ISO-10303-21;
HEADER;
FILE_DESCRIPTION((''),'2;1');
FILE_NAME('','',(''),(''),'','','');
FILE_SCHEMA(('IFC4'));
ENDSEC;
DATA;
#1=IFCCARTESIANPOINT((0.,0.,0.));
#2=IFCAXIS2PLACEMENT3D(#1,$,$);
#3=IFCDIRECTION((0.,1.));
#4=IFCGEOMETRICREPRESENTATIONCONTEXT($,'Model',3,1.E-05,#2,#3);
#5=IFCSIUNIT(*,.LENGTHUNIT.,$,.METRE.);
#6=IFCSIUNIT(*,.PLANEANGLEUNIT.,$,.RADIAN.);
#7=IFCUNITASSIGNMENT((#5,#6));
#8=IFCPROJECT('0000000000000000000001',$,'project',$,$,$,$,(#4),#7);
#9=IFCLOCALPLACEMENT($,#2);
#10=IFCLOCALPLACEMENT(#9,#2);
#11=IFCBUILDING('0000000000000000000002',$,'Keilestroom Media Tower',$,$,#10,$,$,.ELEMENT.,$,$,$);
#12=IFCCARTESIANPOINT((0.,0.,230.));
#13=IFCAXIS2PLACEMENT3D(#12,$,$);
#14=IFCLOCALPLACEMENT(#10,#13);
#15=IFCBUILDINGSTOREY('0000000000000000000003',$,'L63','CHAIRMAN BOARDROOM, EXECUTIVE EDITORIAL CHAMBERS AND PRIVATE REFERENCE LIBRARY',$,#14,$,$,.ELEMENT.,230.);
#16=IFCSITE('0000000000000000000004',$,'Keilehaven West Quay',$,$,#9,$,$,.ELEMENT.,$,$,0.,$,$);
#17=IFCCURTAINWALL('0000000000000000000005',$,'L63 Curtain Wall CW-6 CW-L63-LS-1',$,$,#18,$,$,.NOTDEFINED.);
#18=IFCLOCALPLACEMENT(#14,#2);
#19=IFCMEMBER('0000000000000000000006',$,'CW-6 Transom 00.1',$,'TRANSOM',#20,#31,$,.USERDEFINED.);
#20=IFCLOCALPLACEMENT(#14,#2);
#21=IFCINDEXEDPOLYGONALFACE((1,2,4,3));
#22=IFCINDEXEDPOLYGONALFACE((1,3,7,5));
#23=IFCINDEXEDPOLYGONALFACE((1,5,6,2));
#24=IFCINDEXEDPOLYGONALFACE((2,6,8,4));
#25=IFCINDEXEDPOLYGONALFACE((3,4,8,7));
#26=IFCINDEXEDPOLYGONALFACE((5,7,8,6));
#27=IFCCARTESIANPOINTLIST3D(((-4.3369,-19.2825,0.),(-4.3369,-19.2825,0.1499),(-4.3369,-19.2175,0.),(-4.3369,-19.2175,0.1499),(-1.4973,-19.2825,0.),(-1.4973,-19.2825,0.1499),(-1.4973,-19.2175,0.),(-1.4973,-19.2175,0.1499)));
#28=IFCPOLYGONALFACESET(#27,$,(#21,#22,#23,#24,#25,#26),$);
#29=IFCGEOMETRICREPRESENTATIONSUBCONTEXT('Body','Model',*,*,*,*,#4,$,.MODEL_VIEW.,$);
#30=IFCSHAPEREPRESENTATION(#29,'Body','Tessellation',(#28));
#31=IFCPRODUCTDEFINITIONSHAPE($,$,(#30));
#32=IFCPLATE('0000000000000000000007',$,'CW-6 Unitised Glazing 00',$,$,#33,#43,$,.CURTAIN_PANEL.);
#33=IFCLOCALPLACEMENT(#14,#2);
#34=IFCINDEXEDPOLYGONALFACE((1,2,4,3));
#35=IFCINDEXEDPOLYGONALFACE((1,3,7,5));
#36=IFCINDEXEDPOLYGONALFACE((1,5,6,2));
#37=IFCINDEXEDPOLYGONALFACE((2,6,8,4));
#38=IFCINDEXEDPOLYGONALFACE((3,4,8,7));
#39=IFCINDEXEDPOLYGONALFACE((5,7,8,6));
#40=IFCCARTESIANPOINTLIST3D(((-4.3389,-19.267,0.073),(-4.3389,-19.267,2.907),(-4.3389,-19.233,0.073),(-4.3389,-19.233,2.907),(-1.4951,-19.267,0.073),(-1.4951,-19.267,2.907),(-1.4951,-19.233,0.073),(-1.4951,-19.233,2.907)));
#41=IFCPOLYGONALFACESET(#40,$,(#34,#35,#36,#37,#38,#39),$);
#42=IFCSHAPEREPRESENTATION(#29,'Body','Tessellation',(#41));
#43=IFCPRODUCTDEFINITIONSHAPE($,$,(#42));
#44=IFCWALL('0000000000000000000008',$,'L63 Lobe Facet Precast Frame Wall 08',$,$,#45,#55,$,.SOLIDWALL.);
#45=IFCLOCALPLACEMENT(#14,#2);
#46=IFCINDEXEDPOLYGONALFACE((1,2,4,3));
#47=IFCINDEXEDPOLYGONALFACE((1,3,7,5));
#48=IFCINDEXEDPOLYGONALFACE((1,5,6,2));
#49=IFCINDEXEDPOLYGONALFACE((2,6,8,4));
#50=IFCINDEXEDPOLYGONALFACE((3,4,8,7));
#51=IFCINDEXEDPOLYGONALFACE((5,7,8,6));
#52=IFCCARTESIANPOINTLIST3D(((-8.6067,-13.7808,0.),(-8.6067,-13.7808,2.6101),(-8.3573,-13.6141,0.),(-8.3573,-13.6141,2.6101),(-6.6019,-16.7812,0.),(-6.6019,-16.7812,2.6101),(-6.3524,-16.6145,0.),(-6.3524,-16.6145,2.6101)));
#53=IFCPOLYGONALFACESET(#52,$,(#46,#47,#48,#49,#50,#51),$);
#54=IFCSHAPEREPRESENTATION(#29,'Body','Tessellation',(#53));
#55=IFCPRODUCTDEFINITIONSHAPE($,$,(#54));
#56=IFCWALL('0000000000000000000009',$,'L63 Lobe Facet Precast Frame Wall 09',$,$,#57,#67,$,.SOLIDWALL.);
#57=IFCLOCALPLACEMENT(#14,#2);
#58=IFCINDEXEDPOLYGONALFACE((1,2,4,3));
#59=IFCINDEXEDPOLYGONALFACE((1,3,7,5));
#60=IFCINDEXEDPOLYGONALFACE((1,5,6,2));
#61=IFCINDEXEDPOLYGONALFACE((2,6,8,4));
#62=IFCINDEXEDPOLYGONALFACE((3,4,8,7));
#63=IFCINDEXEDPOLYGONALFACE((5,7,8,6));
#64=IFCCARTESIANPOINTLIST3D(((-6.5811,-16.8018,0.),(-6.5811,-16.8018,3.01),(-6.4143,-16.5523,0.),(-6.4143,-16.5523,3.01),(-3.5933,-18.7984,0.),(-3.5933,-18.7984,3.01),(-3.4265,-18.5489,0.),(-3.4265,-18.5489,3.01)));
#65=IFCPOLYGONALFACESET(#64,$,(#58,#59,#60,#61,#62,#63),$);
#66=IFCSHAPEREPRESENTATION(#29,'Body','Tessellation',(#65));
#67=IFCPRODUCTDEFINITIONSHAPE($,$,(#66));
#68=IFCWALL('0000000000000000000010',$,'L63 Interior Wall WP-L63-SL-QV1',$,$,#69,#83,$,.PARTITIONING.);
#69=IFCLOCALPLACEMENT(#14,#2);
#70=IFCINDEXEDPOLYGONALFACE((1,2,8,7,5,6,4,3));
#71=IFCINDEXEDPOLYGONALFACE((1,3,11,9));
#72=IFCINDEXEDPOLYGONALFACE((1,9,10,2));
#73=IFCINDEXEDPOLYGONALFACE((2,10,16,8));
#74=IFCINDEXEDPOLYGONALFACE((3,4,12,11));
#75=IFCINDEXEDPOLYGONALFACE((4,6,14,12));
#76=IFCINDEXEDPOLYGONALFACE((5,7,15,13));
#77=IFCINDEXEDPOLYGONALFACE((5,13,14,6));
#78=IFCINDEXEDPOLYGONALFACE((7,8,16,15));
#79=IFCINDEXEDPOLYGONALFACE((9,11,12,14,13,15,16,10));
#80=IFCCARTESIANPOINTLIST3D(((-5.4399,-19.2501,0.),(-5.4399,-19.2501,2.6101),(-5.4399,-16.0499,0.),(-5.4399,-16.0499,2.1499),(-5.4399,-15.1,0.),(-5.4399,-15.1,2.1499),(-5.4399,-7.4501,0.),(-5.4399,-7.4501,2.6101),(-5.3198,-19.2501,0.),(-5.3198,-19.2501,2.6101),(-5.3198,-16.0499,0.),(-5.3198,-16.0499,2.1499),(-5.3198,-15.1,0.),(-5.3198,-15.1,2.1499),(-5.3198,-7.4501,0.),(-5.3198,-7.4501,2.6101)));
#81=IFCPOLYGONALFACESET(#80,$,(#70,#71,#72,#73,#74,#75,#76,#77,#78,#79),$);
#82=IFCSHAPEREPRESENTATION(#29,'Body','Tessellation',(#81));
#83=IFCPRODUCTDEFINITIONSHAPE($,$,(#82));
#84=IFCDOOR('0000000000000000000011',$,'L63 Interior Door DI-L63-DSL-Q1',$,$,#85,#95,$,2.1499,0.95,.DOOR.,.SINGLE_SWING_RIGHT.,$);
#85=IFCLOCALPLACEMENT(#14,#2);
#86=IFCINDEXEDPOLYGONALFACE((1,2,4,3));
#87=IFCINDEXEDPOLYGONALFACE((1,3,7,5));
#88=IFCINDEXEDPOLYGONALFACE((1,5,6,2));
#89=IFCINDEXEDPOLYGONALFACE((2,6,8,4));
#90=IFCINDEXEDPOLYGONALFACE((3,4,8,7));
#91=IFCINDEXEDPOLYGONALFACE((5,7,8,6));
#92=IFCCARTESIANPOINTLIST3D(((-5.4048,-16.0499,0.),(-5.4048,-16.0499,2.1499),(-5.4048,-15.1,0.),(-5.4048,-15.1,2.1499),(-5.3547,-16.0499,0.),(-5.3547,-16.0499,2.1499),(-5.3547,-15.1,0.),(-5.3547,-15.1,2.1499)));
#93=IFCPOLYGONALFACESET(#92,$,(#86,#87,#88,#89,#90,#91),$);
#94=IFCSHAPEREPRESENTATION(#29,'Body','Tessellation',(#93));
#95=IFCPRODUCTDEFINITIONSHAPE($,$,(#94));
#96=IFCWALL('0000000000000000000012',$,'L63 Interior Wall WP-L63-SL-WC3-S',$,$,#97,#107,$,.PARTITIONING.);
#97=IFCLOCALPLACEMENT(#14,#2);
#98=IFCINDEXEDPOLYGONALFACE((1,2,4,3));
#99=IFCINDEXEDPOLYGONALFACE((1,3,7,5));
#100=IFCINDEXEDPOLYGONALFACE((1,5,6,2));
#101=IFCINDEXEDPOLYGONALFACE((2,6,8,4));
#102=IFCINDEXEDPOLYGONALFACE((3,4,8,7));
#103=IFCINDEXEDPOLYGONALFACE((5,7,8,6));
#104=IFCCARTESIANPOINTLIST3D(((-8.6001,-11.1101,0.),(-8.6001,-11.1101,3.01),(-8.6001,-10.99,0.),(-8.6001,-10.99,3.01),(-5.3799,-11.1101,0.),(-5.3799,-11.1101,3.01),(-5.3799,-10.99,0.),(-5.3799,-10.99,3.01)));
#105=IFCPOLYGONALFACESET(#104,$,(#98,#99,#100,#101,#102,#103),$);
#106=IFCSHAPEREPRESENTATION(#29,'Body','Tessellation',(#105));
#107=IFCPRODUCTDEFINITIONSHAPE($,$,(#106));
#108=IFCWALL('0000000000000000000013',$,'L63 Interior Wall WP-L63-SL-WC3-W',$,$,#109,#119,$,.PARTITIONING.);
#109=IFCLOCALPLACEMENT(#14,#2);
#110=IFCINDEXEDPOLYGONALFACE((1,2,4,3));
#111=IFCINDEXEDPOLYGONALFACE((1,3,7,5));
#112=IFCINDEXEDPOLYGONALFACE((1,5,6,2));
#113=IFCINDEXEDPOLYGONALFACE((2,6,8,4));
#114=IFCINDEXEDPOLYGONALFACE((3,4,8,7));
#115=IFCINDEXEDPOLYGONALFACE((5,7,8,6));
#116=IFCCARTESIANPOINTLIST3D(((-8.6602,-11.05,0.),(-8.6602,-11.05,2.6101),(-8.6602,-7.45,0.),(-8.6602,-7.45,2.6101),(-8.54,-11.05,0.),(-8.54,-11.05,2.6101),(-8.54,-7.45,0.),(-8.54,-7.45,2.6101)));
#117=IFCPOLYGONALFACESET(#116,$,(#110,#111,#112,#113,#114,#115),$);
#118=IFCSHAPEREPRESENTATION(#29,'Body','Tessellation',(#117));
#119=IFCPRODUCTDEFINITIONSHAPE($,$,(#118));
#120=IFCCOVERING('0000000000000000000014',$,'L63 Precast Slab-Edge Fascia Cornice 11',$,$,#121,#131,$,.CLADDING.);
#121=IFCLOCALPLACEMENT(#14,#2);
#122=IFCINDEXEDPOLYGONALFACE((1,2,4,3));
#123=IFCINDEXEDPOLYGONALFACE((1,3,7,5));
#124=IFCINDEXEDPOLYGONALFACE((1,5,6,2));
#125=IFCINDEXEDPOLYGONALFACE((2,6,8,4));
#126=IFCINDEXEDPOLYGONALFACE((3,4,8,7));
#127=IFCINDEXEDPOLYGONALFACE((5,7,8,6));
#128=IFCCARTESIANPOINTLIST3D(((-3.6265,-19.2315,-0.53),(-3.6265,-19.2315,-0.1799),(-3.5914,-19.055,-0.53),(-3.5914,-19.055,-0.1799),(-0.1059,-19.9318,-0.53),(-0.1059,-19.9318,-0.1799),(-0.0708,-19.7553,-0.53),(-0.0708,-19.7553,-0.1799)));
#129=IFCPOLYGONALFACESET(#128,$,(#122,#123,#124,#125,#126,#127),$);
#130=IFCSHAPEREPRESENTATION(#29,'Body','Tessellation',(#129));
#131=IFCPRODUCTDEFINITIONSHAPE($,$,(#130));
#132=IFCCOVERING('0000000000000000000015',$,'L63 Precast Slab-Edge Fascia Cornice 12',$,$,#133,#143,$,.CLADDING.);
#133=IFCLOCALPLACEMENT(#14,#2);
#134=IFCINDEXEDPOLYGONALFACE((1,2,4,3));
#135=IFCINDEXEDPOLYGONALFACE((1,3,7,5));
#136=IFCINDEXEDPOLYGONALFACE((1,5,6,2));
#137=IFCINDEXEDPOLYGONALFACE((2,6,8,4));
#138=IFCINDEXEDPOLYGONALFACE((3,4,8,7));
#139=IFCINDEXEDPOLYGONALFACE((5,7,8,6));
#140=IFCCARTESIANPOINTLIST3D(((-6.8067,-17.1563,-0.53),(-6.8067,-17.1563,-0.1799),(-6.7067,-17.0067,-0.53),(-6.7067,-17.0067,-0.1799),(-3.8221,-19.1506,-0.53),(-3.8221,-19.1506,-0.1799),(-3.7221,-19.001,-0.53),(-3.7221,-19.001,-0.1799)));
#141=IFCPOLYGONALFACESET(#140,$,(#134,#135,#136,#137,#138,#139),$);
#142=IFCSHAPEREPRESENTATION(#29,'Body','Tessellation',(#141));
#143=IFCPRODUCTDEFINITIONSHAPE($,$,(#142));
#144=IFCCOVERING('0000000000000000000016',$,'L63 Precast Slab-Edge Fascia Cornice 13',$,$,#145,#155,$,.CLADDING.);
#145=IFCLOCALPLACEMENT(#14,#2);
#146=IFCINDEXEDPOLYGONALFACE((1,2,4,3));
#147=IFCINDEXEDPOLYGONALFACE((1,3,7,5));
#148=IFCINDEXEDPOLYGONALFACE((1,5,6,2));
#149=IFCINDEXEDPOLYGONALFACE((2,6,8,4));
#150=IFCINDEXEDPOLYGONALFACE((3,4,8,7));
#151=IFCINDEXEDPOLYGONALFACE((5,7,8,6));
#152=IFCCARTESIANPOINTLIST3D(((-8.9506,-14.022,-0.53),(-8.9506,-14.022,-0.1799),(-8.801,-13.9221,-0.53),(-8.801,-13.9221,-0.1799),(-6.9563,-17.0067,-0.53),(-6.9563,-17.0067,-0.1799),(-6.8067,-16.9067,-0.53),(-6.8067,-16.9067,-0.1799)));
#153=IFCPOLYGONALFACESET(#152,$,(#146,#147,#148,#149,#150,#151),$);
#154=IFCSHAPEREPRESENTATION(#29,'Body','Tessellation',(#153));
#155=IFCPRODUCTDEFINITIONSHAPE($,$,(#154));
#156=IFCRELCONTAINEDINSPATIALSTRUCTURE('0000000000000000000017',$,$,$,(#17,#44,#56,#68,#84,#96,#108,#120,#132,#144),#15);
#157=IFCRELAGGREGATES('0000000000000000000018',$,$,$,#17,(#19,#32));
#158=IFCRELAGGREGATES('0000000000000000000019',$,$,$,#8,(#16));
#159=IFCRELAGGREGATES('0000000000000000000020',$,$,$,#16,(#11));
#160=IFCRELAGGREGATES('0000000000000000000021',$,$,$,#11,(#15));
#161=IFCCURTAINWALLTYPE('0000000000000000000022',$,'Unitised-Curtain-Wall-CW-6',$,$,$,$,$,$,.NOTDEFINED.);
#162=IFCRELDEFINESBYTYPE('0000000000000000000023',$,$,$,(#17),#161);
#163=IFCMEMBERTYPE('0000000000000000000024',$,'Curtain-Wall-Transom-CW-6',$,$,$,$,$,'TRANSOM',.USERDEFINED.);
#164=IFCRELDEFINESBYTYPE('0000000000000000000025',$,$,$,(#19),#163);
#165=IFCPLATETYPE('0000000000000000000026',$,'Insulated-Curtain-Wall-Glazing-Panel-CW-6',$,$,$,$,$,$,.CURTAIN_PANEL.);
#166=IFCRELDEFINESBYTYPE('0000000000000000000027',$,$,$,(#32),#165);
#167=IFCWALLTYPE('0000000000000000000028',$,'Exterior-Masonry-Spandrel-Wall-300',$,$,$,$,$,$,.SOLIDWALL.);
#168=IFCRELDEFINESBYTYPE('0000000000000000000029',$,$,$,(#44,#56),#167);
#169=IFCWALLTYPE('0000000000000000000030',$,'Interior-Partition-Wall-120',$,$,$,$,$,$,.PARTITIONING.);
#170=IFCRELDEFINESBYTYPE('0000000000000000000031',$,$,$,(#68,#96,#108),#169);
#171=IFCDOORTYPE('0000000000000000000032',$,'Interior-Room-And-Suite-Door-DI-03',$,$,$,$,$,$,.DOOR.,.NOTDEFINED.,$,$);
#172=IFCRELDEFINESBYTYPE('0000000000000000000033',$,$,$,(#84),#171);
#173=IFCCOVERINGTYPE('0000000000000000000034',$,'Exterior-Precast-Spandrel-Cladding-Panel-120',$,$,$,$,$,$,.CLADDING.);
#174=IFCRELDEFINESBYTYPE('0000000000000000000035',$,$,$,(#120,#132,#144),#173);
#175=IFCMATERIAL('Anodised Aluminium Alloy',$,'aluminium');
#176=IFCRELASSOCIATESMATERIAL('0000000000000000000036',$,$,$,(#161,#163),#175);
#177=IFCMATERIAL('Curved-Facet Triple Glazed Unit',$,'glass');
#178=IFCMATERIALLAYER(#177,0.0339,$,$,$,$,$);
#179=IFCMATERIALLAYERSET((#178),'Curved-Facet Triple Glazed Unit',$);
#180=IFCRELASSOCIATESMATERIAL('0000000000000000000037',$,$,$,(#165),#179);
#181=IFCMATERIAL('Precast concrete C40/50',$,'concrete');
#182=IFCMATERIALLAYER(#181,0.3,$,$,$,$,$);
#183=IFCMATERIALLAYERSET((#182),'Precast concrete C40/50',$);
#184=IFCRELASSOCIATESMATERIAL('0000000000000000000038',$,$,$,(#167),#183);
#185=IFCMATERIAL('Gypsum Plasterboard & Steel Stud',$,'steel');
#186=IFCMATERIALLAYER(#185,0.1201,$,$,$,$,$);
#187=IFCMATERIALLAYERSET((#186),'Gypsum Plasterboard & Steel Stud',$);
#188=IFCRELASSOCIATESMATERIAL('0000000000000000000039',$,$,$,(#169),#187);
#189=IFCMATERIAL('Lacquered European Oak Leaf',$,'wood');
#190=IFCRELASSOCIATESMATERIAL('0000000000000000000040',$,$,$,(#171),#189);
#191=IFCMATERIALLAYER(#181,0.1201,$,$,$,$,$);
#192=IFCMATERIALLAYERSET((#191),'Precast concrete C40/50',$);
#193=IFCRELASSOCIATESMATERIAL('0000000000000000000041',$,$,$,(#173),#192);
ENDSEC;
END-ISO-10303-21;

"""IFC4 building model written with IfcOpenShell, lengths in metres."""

from ifc_helpers import new_model, si_unit, direction, frame, frame_2d, origin, origin_2d, place, context, subcontext, project, spatial, rectangle, extrude, source, transform, mapped, material, layer, layer_set, material_profile, profile_set, type_object, element, fill, aggregate, save


model = new_model("IFC4")

# Units and contexts
model_context = context("Model", 3, precision=1e-05, world=origin(), true_north=direction((0.0, 1.0)))
body_context = subcontext(model_context, "Body", "Model", "MODEL_VIEW")
ifc_project = project(units=[si_unit("LENGTHUNIT", "METRE"), si_unit("PLANEANGLEUNIT", "RADIAN")], contexts=[model_context])

# Site, building, storey
site_placement = place(None, origin())
site = spatial("IfcSite", under=ifc_project, at=site_placement, Name="Keilehaven West Quay", CompositionType="ELEMENT", RefElevation=0.0)
building_placement = place(site_placement, origin())
building = spatial("IfcBuilding", under=site, at=building_placement, Name="Keilestroom Media Tower", CompositionType="ELEMENT")
storey_placement = place(building_placement, frame((0.0, 0.0, 230.0)))
storey = spatial("IfcBuildingStorey", under=building, at=storey_placement, Name="L63", Description="CHAIRMAN BOARDROOM, EXECUTIVE EDITORIAL CHAMBERS AND PRIVATE REFERENCE LIBRARY", CompositionType="ELEMENT", Elevation=230.0)

# Curtain wall, member, plate
ifc_material_1 = material(Name="Anodised Aluminium Alloy", Category="aluminium")
curtain_wall_type = type_object("IfcCurtainWallType", Name="Unitised-Curtain-Wall-CW-6", PredefinedType="NOTDEFINED", material=ifc_material_1)
curtain_wall_placement = place(storey_placement, origin())
curtain_wall = element("IfcCurtainWall", 1, at=curtain_wall_placement, inside=storey, type_object=curtain_wall_type, Name="L63 Curtain Wall CW-6 CW-L63-LS-1", PredefinedType="NOTDEFINED")
ifc_material_profile_1 = material_profile(ifc_material_1, rectangle(XDim=0.0649, YDim=0.1499, at=origin_2d()), Name="ALU TRANSOM 65x150")
ifc_profile_set_1 = profile_set([ifc_material_profile_1], Name="Anodised Aluminium Alloy")
member_type_1 = type_object("IfcMemberType", Name="Curtain-Wall-Transom-CW-6", ElementType="TRANSOM", PredefinedType="USERDEFINED", material=ifc_profile_set_1)
shared_shape_1 = source(origin(), body_context, "Body", "SweptSolid", [
    extrude(rectangle(XDim=0.0649, YDim=0.1499, at=origin_2d()), origin(), (0.0, 0.0, 1.0), 2.8396),
])
member_1_placement = place(storey_placement, frame((-4.3369, -19.25, 0.075), z_axis=(1.0, 0.0, 0.0), x_axis=(0.0, 1.0, 0.0)))
member_1 = element("IfcMember", 2, at=member_1_placement, type_object=member_type_1, Name="CW-6 Transom 00.1", ObjectType="TRANSOM", PredefinedType="USERDEFINED", context=body_context, shape_type="MappedRepresentation", body=[
    mapped(shared_shape_1, transform((0.0, 0.0, 0.0), x_axis=(1.0, 0.0, 0.0), y_axis=(0.0, 1.0, 0.0), z_axis=(0.0, 0.0, 1.0), scale=1.0)),
])
ifc_material_2 = material(Name="Curved-Facet Triple Glazed Unit", Category="glass")
ifc_layer_1 = layer(ifc_material_2, 0.0339)
ifc_layer_set_1 = layer_set([ifc_layer_1], Name="Curved-Facet Triple Glazed Unit")
plate_type = type_object("IfcPlateType", Name="Insulated-Curtain-Wall-Glazing-Panel-CW-6", PredefinedType="CURTAIN_PANEL", material=ifc_layer_set_1)
shared_shape_2 = source(origin(), body_context, "Body", "SweptSolid", [
    extrude(rectangle(XDim=2.8438, YDim=0.0339, at=origin_2d()), origin(), (0.0, 0.0, 1.0), 2.834),
])
plate_placement = place(storey_placement, frame((-2.917, -19.25, 0.073), z_axis=(0.0, 0.0, 1.0), x_axis=(1.0, 0.0, 0.0)))
plate = element("IfcPlate", 3, at=plate_placement, type_object=plate_type, Name="CW-6 Unitised Glazing 00", PredefinedType="CURTAIN_PANEL", context=body_context, shape_type="MappedRepresentation", body=[
    mapped(shared_shape_2, transform((0.0, 0.0, 0.0), x_axis=(1.0, 0.0, 0.0), y_axis=(0.0, 1.0, 0.0), z_axis=(0.0, 0.0, 1.0), scale=1.0)),
])
aggregate(curtain_wall, [member_1, plate])

# Walls
ifc_material_3 = material(Name="Precast concrete C40/50", Category="concrete")
ifc_layer_2 = layer(ifc_material_3, 0.3)
ifc_layer_set_2 = layer_set([ifc_layer_2], Name="Precast concrete C40/50")
wall_type_1 = type_object("IfcWallType", Name="Exterior-Masonry-Spandrel-Wall-300", PredefinedType="SOLIDWALL", material=ifc_layer_set_2)
wall_1_placement = place(storey_placement, frame((-8.4819, -13.6975, 0.0), z_axis=(0.0, 0.0, 1.0), x_axis=(0.555574, -0.831467, 0.0)))
element("IfcWall", 4, at=wall_1_placement, inside=storey, type_object=wall_type_1, Name="L63 Lobe Facet Precast Frame Wall 08", PredefinedType="SOLIDWALL", context=body_context, shape_type="SweptSolid", body=[
    extrude(rectangle(XDim=3.6086, YDim=0.3, at=frame_2d((1.8042, 0.0))), origin(), (0.0, 0.0, 1.0), 2.6101),
])
wall_2_placement = place(storey_placement, frame((-6.4978, -16.677, 0.0), z_axis=(0.0, 0.0, 1.0), x_axis=(0.831444, -0.555609, 0.0)))
element("IfcWall", 5, at=wall_2_placement, inside=storey, type_object=wall_type_1, Name="L63 Lobe Facet Precast Frame Wall 09", PredefinedType="SOLIDWALL", context=body_context, shape_type="SweptSolid", body=[
    extrude(rectangle(XDim=3.5935, YDim=0.3, at=frame_2d((1.7969, 0.0))), origin(), (0.0, 0.0, 1.0), 3.01),
])

# Wall, opening, door
ifc_material_4 = material(Name="Gypsum Plasterboard & Steel Stud", Category="steel")
ifc_layer_3 = layer(ifc_material_4, 0.1201)
ifc_layer_set_3 = layer_set([ifc_layer_3], Name="Gypsum Plasterboard & Steel Stud")
wall_type_2 = type_object("IfcWallType", Name="Interior-Partition-Wall-120", PredefinedType="PARTITIONING", material=ifc_layer_set_3)
wall_3_placement = place(storey_placement, frame((-5.3799, -19.25, 0.0), z_axis=(0.0, 0.0, 1.0), x_axis=(0.0, 1.0, 0.0)))
wall_3 = element("IfcWall", 6, at=wall_3_placement, inside=storey, type_object=wall_type_2, Name="L63 Interior Wall WP-L63-SL-QV1", PredefinedType="PARTITIONING", context=body_context, shape_type="SweptSolid", body=[
    extrude(rectangle(XDim=11.8, YDim=0.1201, at=frame_2d((5.8999, 0.0))), origin(), (0.0, 0.0, 1.0), 2.6101),
])
opening_placement = place(wall_3_placement, frame((3.2, 0.0, 0.0)))
opening = element("IfcOpeningElement", 7, at=opening_placement, cuts=wall_3, PredefinedType="OPENING", context=body_context, shape_type="SweptSolid", body=[
    extrude(rectangle(XDim=0.95, YDim=2.1499, at=frame_2d((0.4751, 1.075))), frame((0.0, 0.0701, 0.0), z_axis=(0.0, -1.0, 0.0), x_axis=(1.0, 0.0, 0.0)), (0.0, 0.0, 1.0), 0.1401),
])
ifc_material_5 = material(Name="Lacquered European Oak Leaf", Category="wood")
door_type = type_object("IfcDoorType", Name="Interior-Room-And-Suite-Door-DI-03", OperationType="NOTDEFINED", PredefinedType="DOOR", material=ifc_material_5)
shared_shape_3 = source(origin(), body_context, "Body", "SweptSolid", [
    extrude(rectangle(XDim=0.95, YDim=2.1499, at=frame_2d((0.4751, 1.075))), frame((0.0, 0.0249, 0.0), z_axis=(0.0, -1.0, 0.0), x_axis=(1.0, 0.0, 0.0)), (0.0, 0.0, 1.0), 0.05),
])
door_placement = place(opening_placement, origin())
door = element("IfcDoor", 8, at=door_placement, inside=storey, type_object=door_type, Name="L63 Interior Door DI-L63-DSL-Q1", OperationType="SINGLE_SWING_RIGHT", OverallHeight=2.1499, OverallWidth=0.95, PredefinedType="DOOR", context=body_context, shape_type="MappedRepresentation", body=[
    mapped(shared_shape_3, transform((0.0, 0.0, 0.0), x_axis=(1.0, 0.0, 0.0), y_axis=(0.0, 1.0, 0.0), z_axis=(0.0, 0.0, 1.0), scale=1.0)),
])
fill(opening, door)

# Walls
wall_4_placement = place(storey_placement, frame((-8.6001, -11.05, 0.0), z_axis=(0.0, 0.0, 1.0), x_axis=(1.0, 0.0, 0.0)))
element("IfcWall", 9, at=wall_4_placement, inside=storey, type_object=wall_type_2, Name="L63 Interior Wall WP-L63-SL-WC3-S", PredefinedType="PARTITIONING", context=body_context, shape_type="SweptSolid", body=[
    extrude(rectangle(XDim=3.2202, YDim=0.1201, at=frame_2d((1.6101, 0.0))), origin(), (0.0, 0.0, 1.0), 3.01),
])
wall_5_placement = place(storey_placement, frame((-8.6001, -11.05, 0.0), z_axis=(0.0, 0.0, 1.0), x_axis=(0.0, 1.0, 0.0)))
element("IfcWall", 10, at=wall_5_placement, inside=storey, type_object=wall_type_2, Name="L63 Interior Wall WP-L63-SL-WC3-W", PredefinedType="PARTITIONING", context=body_context, shape_type="SweptSolid", body=[
    extrude(rectangle(XDim=3.6001, YDim=0.1201, at=frame_2d((1.8, 0.0))), origin(), (0.0, 0.0, 1.0), 2.6101),
])

# Coverings
ifc_layer_4 = layer(ifc_material_3, 0.1201)
ifc_layer_set_4 = layer_set([ifc_layer_4], Name="Precast concrete C40/50")
covering_type = type_object("IfcCoveringType", Name="Exterior-Precast-Spandrel-Cladding-Panel-120", PredefinedType="CLADDING", material=ifc_layer_set_4)
shared_shape_4 = source(origin(), body_context, "Body", "SweptSolid", [
    extrude(rectangle(XDim=3.5896, YDim=0.1799, at=origin_2d()), origin(), (0.0, 0.0, 1.0), 0.3501),
])
for number, where, z_axis, x_axis, name in (
    (11, (-1.8486, -19.4934, -0.53), (0.0, 0.0, 1.0), (-0.980784, 0.195099, 0.0), "L63 Precast Slab-Edge Fascia Cornice 11"),
    (12, (-5.2644, -18.0786, -0.53), (0.0, 0.0, 1.0), (-0.831467, 0.555575, 0.0), "L63 Precast Slab-Edge Fascia Cornice 12"),
    (13, (-7.8787, -15.4644, -0.53), (0.0, 0.0, 1.0), (-0.555575, 0.831467, 0.0), "L63 Precast Slab-Edge Fascia Cornice 13"),
):
    element("IfcCovering", number, at=place(storey_placement, frame(where, z_axis=z_axis, x_axis=x_axis)), inside=storey, type_object=covering_type, Name=name, PredefinedType="CLADDING", context=body_context, shape_type="MappedRepresentation", body=[
        mapped(shared_shape_4, transform((0.0, 0.0, 0.0), x_axis=(1.0, 0.0, 0.0), y_axis=(0.0, 1.0, 0.0), z_axis=(0.0, 0.0, 1.0), scale=1.0)),
    ])

save(model, "model.ifc")
